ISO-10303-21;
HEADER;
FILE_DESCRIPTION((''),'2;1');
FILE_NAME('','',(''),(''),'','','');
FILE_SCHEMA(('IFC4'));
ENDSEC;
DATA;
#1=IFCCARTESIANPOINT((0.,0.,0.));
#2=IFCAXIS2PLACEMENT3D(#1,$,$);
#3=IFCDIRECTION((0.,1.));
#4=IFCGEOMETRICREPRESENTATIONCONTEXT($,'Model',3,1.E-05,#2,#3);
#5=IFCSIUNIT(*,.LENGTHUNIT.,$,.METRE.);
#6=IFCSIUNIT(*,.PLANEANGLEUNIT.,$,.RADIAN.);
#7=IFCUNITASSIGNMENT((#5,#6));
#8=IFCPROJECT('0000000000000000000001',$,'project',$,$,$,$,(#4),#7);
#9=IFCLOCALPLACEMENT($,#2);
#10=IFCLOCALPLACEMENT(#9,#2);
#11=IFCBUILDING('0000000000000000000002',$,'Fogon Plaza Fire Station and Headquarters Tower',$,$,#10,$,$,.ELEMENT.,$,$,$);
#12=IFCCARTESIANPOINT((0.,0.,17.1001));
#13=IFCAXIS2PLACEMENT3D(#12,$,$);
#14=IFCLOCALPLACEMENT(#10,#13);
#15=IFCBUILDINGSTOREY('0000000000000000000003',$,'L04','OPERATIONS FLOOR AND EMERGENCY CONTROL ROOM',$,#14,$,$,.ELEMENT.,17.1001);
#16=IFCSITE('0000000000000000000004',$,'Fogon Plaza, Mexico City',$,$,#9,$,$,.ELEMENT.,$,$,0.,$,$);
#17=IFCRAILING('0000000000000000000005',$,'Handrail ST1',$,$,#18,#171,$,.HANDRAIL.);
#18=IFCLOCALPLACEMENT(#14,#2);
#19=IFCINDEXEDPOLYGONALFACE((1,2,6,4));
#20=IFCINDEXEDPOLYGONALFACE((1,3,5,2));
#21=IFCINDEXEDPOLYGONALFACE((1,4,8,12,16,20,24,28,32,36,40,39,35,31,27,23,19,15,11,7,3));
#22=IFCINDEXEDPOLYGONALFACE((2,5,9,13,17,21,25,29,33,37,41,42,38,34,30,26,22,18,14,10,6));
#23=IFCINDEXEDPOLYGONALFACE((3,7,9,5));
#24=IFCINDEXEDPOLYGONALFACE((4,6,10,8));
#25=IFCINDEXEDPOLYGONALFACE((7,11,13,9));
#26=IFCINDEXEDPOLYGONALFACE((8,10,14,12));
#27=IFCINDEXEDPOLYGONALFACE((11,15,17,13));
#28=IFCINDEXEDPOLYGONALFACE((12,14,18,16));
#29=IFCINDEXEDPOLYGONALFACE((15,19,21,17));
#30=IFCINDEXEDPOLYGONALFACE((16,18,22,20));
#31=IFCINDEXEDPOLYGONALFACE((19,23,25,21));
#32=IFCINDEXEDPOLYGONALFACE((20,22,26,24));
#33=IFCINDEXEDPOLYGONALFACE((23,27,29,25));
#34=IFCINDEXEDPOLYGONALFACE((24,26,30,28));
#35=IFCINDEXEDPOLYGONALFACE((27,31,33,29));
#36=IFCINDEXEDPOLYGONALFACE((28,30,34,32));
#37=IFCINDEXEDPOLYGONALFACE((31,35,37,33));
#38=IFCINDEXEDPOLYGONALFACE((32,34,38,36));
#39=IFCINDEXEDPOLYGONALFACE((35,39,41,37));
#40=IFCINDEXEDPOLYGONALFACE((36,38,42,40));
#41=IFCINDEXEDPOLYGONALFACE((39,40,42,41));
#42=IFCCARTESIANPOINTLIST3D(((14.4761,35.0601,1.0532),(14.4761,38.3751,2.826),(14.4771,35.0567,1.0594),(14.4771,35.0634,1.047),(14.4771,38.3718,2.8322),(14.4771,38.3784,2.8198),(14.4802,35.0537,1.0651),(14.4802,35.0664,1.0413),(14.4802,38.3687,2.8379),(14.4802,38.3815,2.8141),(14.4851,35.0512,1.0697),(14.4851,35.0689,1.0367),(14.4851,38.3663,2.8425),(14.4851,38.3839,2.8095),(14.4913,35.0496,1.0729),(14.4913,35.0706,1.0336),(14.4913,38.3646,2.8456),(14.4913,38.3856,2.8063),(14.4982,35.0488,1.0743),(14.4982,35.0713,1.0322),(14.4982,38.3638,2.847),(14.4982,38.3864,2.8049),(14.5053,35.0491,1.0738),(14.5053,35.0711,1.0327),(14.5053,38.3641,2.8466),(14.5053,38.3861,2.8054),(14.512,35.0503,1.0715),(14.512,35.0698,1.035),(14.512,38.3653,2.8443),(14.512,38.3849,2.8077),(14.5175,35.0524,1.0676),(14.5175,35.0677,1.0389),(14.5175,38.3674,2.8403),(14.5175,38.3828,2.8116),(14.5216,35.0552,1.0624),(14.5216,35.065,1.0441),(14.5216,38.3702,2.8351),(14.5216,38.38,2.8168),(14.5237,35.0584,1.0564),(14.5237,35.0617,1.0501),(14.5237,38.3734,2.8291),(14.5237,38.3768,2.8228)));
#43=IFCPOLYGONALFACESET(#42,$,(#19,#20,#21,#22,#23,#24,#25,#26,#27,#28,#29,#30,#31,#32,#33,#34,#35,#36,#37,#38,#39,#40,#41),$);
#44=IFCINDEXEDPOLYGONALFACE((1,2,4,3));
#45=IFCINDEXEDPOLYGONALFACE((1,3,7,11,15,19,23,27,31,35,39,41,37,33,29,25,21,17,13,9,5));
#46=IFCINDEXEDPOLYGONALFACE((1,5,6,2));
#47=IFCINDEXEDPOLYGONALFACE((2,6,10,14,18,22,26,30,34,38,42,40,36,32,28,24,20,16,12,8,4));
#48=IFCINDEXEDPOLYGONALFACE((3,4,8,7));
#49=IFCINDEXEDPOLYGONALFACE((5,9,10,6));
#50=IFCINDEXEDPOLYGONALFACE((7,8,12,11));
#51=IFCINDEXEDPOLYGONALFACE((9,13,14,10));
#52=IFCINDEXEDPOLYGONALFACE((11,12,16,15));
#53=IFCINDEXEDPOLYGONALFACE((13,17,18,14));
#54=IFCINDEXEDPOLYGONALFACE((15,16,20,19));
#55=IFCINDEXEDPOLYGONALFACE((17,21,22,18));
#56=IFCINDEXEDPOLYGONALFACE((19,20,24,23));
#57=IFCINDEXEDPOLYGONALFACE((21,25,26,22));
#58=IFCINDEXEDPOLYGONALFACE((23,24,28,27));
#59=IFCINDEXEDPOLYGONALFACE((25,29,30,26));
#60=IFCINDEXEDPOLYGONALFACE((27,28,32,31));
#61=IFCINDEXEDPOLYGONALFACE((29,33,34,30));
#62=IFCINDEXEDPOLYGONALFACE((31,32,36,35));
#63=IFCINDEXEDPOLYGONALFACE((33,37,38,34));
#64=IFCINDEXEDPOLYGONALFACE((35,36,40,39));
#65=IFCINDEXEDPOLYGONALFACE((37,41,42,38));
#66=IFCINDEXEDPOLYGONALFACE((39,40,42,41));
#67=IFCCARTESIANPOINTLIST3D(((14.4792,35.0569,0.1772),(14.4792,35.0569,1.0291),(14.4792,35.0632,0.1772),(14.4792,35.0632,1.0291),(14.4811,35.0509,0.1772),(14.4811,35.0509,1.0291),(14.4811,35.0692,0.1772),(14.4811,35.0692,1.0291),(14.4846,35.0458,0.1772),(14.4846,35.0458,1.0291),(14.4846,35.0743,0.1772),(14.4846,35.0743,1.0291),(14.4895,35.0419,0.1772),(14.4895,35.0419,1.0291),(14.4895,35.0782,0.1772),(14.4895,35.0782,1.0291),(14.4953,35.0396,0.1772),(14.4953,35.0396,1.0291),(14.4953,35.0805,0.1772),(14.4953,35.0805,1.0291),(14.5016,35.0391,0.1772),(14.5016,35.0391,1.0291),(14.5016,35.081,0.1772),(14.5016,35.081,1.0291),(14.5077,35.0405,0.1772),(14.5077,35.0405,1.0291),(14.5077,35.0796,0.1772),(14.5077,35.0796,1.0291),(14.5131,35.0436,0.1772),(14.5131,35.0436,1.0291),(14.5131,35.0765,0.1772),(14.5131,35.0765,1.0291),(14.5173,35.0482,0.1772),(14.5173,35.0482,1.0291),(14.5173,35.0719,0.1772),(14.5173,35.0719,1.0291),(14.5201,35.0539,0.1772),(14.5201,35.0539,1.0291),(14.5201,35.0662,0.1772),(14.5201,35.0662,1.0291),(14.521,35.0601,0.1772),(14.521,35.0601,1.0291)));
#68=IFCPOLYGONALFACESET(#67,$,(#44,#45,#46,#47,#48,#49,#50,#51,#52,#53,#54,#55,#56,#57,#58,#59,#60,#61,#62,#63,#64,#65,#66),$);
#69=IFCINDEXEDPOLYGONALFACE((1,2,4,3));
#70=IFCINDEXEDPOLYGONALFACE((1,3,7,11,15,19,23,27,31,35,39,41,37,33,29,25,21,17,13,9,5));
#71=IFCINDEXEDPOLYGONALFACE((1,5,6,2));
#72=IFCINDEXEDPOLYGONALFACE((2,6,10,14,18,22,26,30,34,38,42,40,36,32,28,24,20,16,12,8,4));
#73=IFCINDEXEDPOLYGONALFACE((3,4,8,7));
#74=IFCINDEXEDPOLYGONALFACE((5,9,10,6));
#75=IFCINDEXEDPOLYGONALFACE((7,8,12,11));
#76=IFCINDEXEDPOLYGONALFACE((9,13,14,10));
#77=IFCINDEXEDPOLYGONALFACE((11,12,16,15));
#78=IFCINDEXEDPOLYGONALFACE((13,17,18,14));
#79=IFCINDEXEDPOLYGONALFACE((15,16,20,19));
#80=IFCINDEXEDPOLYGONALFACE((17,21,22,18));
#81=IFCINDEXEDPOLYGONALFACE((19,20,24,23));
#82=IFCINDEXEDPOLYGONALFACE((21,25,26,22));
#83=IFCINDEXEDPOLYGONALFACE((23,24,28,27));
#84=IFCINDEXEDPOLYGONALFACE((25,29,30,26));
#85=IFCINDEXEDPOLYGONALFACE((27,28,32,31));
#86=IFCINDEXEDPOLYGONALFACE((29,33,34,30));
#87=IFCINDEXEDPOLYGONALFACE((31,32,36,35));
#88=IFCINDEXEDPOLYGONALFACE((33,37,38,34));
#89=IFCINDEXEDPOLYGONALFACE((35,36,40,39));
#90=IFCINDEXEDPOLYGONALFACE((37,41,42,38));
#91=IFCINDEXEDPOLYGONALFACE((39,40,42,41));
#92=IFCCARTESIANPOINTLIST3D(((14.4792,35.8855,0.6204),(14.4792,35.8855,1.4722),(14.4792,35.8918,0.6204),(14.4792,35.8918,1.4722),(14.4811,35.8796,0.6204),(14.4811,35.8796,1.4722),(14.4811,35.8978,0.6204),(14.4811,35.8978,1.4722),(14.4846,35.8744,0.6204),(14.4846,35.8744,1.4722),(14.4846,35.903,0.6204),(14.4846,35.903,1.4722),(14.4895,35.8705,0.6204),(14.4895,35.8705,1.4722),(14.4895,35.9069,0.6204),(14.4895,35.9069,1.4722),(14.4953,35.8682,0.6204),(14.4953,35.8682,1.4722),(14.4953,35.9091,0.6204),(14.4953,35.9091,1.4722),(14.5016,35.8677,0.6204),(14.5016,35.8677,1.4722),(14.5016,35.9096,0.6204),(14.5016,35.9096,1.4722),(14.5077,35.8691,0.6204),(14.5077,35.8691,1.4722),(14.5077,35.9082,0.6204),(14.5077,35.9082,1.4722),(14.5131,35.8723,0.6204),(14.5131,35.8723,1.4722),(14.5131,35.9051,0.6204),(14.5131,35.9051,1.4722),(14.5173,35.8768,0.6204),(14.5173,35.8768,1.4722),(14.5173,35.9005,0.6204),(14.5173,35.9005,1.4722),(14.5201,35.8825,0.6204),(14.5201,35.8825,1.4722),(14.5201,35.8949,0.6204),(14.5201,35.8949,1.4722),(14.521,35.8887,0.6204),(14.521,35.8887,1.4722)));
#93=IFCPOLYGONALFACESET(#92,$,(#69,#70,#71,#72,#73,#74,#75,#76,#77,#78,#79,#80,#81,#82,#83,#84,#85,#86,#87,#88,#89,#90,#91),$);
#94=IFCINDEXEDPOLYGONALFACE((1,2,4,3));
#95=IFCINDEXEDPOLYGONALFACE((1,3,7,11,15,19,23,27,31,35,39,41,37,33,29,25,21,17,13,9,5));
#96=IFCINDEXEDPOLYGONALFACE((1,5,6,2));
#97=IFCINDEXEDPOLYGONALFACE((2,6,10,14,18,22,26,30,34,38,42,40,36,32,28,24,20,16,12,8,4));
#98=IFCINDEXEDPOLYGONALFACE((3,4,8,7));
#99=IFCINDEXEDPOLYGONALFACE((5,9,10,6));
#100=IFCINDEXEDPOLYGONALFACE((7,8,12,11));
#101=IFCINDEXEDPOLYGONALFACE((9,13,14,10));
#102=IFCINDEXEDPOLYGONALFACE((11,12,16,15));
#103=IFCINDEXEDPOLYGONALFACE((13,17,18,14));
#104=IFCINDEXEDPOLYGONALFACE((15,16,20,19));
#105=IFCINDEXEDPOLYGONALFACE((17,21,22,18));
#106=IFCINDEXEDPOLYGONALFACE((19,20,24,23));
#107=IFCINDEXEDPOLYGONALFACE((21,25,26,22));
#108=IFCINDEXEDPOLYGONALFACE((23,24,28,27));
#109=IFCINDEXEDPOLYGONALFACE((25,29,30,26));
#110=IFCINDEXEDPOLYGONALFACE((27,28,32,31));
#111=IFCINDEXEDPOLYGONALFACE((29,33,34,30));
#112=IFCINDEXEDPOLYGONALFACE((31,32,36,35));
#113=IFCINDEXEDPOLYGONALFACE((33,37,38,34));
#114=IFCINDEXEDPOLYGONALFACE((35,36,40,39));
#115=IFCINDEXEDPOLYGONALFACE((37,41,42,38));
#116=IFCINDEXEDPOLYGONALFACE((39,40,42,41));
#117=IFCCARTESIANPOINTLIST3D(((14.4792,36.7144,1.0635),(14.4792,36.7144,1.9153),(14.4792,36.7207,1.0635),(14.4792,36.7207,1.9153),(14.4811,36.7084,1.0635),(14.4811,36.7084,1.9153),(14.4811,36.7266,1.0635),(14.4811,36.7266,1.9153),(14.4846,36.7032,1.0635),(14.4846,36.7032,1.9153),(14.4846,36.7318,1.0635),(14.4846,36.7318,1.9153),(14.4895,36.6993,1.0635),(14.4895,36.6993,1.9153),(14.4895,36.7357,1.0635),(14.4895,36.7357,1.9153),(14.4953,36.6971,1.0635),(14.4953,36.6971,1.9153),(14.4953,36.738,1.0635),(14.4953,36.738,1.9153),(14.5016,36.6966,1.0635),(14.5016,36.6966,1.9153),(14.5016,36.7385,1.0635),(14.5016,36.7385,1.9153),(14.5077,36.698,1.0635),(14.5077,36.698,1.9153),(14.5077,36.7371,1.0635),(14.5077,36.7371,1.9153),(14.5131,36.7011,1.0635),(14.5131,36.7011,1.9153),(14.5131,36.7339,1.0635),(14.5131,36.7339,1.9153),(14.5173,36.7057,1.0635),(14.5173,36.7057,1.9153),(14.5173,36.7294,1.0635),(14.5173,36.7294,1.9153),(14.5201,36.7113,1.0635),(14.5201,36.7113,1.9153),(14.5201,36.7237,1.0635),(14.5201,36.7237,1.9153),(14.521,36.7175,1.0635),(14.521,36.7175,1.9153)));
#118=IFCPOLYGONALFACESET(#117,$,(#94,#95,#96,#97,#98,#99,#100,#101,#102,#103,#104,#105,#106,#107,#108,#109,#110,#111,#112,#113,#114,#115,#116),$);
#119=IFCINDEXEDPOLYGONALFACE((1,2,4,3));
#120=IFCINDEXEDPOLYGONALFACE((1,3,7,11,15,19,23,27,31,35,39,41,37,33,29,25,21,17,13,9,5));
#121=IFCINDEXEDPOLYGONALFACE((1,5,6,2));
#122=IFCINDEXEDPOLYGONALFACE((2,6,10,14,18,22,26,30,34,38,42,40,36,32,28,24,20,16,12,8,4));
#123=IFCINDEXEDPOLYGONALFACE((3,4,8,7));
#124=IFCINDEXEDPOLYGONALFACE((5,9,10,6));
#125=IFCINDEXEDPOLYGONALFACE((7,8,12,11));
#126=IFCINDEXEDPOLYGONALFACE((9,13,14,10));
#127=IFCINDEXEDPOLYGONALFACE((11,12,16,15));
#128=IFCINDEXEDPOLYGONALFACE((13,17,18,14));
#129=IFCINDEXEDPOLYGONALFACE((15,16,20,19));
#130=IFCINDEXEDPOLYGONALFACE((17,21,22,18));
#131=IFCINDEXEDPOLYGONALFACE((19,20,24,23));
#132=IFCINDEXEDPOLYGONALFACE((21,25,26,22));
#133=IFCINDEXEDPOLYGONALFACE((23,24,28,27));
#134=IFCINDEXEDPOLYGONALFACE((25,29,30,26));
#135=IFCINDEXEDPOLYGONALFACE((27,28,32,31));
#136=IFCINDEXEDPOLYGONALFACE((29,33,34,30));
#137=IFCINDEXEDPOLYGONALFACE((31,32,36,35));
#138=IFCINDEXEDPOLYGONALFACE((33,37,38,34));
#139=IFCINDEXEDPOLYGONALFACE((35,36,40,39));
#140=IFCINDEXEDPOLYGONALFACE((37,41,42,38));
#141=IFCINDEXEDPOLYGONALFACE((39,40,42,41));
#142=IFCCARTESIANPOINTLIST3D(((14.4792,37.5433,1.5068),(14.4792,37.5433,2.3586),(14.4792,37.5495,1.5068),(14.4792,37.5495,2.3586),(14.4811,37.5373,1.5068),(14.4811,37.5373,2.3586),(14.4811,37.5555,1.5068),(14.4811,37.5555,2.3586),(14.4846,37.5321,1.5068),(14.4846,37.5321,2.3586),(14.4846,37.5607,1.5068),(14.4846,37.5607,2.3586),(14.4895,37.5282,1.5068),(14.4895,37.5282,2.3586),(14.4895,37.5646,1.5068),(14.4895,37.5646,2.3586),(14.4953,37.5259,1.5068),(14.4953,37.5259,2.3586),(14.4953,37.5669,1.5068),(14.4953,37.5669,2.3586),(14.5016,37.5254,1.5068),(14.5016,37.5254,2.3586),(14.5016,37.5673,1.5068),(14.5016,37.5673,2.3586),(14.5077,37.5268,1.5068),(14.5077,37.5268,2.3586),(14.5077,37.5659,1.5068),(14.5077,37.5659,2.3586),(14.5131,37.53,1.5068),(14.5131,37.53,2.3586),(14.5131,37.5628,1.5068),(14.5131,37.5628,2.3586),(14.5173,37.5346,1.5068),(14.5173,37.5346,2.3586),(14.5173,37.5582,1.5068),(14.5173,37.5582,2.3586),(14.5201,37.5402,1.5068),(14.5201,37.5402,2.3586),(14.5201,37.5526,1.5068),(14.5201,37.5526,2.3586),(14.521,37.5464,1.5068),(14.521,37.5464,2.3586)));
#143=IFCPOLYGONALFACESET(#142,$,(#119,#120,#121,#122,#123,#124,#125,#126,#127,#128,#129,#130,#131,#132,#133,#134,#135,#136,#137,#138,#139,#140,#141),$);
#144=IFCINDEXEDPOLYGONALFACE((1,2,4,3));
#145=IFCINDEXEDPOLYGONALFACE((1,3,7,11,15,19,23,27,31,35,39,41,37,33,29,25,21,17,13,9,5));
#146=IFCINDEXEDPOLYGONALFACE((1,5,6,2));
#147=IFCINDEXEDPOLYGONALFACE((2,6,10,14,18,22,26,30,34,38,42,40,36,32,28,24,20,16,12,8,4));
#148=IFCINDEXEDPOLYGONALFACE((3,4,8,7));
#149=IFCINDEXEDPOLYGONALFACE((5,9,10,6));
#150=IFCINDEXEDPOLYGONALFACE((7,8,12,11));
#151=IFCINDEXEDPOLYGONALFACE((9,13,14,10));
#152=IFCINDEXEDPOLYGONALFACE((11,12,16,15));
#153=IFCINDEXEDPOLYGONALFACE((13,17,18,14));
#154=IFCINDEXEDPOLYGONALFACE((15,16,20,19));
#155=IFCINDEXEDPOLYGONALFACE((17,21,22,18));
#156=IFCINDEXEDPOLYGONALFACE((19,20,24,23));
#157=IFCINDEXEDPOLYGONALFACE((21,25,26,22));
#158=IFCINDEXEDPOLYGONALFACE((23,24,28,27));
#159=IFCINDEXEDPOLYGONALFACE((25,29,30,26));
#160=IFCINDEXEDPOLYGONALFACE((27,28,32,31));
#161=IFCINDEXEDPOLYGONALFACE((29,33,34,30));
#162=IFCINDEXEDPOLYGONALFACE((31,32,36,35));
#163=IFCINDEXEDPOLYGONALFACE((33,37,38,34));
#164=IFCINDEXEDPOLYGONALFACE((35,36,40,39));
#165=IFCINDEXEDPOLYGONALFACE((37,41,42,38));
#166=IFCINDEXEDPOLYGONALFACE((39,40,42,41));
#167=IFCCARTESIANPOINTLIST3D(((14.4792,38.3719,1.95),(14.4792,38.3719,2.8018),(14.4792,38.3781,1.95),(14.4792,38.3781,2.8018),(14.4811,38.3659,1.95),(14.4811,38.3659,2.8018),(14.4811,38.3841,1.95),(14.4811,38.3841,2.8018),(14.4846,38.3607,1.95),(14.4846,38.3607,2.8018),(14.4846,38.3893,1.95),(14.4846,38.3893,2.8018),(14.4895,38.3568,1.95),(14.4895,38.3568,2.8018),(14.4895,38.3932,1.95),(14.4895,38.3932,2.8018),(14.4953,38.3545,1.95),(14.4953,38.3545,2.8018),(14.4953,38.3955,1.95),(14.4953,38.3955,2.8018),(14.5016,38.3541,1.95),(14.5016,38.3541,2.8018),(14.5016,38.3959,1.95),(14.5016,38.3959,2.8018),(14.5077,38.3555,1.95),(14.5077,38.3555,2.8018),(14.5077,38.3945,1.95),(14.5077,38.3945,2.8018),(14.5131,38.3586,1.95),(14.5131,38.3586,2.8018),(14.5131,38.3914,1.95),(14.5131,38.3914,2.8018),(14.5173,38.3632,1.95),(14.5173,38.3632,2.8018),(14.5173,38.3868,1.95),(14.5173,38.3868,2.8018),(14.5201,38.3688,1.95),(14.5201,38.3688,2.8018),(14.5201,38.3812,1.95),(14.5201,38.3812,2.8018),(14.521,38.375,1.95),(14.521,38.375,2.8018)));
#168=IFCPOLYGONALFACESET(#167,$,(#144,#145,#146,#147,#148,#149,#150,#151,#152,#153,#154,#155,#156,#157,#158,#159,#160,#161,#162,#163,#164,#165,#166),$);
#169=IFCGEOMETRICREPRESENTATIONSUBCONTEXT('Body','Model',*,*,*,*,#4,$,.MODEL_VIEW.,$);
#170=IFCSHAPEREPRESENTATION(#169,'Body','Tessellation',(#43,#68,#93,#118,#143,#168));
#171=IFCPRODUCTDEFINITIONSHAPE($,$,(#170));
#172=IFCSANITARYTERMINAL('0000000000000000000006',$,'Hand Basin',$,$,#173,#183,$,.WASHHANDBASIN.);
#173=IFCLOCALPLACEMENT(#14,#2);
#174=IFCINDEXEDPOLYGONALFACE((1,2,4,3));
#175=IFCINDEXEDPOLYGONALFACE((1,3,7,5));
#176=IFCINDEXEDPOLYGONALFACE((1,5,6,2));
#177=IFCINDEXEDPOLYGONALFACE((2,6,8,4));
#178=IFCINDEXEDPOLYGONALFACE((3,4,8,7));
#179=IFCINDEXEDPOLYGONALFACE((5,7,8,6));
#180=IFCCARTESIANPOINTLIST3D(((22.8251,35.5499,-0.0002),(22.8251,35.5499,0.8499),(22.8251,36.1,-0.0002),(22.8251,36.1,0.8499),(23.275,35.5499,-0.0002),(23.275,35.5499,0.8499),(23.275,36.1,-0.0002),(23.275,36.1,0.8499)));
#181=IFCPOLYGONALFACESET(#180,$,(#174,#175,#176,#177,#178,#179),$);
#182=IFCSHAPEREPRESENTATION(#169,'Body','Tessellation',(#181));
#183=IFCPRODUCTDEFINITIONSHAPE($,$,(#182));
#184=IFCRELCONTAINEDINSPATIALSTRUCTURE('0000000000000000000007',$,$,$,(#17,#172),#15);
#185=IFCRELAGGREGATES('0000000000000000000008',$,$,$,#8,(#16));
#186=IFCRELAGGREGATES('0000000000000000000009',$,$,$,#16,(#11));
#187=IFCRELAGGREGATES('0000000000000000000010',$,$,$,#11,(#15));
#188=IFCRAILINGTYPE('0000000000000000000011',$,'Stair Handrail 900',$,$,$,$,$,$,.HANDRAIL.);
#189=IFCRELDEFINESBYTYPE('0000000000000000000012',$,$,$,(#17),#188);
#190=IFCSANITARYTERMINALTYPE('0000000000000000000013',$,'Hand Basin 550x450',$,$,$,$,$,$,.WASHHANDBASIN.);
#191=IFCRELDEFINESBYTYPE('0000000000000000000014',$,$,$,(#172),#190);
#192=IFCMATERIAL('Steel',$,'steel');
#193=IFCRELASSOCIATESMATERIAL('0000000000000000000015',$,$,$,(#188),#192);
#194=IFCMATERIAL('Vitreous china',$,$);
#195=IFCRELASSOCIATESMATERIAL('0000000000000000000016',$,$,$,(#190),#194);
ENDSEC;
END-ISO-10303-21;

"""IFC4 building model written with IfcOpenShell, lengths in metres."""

from ifc_helpers import new_model, si_unit, direction, frame, origin, origin_2d, place, context, subcontext, project, spatial, rectangle, circle, extrude, material, type_object, element, save


model = new_model("IFC4")

# Units and contexts
model_context = context("Model", 3, precision=1e-05, world=origin(), true_north=direction((0.0, 1.0)))
body_context = subcontext(model_context, "Body", "Model", "MODEL_VIEW")
ifc_project = project(units=[si_unit("LENGTHUNIT", "METRE"), si_unit("PLANEANGLEUNIT", "RADIAN")], contexts=[model_context])

# Site, building, storey
site_placement = place(None, origin())
site = spatial("IfcSite", under=ifc_project, at=site_placement, Name="Fogon Plaza, Mexico City", CompositionType="ELEMENT", RefElevation=0.0)
building_placement = place(site_placement, origin())
building = spatial("IfcBuilding", under=site, at=building_placement, Name="Fogon Plaza Fire Station and Headquarters Tower", CompositionType="ELEMENT")
storey_placement = place(building_placement, frame((0.0, 0.0, 17.1001)))
storey = spatial("IfcBuildingStorey", under=building, at=storey_placement, Name="L04", Description="OPERATIONS FLOOR AND EMERGENCY CONTROL ROOM", CompositionType="ELEMENT", Elevation=17.1001)

# Railing
ifc_material_1 = material(Name="Steel", Category="steel")
railing_type = type_object("IfcRailingType", Name="Stair Handrail 900", PredefinedType="HANDRAIL", material=ifc_material_1)
for number, where, name in (
    (1, (14.5, 35.0601, 0.1772), "Handrail ST1"),
):
    element("IfcRailing", number, at=place(storey_placement, frame(where)), inside=storey, type_object=railing_type, Name=name, PredefinedType="HANDRAIL", context=body_context, shape_type="SweptSolid", body=[
        extrude(circle(Radius=0.0239, at=origin_2d()), frame((0.0, 0.0, 0.876), z_axis=(0.0, 0.881829, 0.471569), x_axis=(-1.0, 0.0, 0.0)), (0.0, 0.0, 1.0), 3.7593),
        extrude(circle(Radius=0.021, at=origin_2d()), origin(), (0.0, 0.0, 1.0), 0.8518),
        extrude(circle(Radius=0.021, at=origin_2d()), frame((0.0, 0.8286, 0.4431)), (0.0, 0.0, 1.0), 0.8518),
        extrude(circle(Radius=0.021, at=origin_2d()), frame((0.0, 1.6575, 0.8862)), (0.0, 0.0, 1.0), 0.8518),
        extrude(circle(Radius=0.021, at=origin_2d()), frame((0.0, 2.4863, 1.3296)), (0.0, 0.0, 1.0), 0.8518),
        extrude(circle(Radius=0.021, at=origin_2d()), frame((0.0, 3.3149, 1.7727)), (0.0, 0.0, 1.0), 0.8518),
    ])

# Sanitary terminal
ifc_material_2 = material(Name="Vitreous china")
sanitary_terminal_type = type_object("IfcSanitaryTerminalType", Name="Hand Basin 550x450", PredefinedType="WASHHANDBASIN", material=ifc_material_2)
sanitary_terminal_placement = place(storey_placement, frame((23.05, 35.825, -0.0002), z_axis=(0.0, 0.0, 1.0), x_axis=(1.0, 0.0, 0.0)))
element("IfcSanitaryTerminal", 2, at=sanitary_terminal_placement, inside=storey, type_object=sanitary_terminal_type, Name="Hand Basin", PredefinedType="WASHHANDBASIN", context=body_context, shape_type="SweptSolid", body=[
    extrude(rectangle(XDim=0.45, YDim=0.55, at=origin_2d()), origin(), (0.0, 0.0, 1.0), 0.8501),
])

save(model, "model.ifc")
